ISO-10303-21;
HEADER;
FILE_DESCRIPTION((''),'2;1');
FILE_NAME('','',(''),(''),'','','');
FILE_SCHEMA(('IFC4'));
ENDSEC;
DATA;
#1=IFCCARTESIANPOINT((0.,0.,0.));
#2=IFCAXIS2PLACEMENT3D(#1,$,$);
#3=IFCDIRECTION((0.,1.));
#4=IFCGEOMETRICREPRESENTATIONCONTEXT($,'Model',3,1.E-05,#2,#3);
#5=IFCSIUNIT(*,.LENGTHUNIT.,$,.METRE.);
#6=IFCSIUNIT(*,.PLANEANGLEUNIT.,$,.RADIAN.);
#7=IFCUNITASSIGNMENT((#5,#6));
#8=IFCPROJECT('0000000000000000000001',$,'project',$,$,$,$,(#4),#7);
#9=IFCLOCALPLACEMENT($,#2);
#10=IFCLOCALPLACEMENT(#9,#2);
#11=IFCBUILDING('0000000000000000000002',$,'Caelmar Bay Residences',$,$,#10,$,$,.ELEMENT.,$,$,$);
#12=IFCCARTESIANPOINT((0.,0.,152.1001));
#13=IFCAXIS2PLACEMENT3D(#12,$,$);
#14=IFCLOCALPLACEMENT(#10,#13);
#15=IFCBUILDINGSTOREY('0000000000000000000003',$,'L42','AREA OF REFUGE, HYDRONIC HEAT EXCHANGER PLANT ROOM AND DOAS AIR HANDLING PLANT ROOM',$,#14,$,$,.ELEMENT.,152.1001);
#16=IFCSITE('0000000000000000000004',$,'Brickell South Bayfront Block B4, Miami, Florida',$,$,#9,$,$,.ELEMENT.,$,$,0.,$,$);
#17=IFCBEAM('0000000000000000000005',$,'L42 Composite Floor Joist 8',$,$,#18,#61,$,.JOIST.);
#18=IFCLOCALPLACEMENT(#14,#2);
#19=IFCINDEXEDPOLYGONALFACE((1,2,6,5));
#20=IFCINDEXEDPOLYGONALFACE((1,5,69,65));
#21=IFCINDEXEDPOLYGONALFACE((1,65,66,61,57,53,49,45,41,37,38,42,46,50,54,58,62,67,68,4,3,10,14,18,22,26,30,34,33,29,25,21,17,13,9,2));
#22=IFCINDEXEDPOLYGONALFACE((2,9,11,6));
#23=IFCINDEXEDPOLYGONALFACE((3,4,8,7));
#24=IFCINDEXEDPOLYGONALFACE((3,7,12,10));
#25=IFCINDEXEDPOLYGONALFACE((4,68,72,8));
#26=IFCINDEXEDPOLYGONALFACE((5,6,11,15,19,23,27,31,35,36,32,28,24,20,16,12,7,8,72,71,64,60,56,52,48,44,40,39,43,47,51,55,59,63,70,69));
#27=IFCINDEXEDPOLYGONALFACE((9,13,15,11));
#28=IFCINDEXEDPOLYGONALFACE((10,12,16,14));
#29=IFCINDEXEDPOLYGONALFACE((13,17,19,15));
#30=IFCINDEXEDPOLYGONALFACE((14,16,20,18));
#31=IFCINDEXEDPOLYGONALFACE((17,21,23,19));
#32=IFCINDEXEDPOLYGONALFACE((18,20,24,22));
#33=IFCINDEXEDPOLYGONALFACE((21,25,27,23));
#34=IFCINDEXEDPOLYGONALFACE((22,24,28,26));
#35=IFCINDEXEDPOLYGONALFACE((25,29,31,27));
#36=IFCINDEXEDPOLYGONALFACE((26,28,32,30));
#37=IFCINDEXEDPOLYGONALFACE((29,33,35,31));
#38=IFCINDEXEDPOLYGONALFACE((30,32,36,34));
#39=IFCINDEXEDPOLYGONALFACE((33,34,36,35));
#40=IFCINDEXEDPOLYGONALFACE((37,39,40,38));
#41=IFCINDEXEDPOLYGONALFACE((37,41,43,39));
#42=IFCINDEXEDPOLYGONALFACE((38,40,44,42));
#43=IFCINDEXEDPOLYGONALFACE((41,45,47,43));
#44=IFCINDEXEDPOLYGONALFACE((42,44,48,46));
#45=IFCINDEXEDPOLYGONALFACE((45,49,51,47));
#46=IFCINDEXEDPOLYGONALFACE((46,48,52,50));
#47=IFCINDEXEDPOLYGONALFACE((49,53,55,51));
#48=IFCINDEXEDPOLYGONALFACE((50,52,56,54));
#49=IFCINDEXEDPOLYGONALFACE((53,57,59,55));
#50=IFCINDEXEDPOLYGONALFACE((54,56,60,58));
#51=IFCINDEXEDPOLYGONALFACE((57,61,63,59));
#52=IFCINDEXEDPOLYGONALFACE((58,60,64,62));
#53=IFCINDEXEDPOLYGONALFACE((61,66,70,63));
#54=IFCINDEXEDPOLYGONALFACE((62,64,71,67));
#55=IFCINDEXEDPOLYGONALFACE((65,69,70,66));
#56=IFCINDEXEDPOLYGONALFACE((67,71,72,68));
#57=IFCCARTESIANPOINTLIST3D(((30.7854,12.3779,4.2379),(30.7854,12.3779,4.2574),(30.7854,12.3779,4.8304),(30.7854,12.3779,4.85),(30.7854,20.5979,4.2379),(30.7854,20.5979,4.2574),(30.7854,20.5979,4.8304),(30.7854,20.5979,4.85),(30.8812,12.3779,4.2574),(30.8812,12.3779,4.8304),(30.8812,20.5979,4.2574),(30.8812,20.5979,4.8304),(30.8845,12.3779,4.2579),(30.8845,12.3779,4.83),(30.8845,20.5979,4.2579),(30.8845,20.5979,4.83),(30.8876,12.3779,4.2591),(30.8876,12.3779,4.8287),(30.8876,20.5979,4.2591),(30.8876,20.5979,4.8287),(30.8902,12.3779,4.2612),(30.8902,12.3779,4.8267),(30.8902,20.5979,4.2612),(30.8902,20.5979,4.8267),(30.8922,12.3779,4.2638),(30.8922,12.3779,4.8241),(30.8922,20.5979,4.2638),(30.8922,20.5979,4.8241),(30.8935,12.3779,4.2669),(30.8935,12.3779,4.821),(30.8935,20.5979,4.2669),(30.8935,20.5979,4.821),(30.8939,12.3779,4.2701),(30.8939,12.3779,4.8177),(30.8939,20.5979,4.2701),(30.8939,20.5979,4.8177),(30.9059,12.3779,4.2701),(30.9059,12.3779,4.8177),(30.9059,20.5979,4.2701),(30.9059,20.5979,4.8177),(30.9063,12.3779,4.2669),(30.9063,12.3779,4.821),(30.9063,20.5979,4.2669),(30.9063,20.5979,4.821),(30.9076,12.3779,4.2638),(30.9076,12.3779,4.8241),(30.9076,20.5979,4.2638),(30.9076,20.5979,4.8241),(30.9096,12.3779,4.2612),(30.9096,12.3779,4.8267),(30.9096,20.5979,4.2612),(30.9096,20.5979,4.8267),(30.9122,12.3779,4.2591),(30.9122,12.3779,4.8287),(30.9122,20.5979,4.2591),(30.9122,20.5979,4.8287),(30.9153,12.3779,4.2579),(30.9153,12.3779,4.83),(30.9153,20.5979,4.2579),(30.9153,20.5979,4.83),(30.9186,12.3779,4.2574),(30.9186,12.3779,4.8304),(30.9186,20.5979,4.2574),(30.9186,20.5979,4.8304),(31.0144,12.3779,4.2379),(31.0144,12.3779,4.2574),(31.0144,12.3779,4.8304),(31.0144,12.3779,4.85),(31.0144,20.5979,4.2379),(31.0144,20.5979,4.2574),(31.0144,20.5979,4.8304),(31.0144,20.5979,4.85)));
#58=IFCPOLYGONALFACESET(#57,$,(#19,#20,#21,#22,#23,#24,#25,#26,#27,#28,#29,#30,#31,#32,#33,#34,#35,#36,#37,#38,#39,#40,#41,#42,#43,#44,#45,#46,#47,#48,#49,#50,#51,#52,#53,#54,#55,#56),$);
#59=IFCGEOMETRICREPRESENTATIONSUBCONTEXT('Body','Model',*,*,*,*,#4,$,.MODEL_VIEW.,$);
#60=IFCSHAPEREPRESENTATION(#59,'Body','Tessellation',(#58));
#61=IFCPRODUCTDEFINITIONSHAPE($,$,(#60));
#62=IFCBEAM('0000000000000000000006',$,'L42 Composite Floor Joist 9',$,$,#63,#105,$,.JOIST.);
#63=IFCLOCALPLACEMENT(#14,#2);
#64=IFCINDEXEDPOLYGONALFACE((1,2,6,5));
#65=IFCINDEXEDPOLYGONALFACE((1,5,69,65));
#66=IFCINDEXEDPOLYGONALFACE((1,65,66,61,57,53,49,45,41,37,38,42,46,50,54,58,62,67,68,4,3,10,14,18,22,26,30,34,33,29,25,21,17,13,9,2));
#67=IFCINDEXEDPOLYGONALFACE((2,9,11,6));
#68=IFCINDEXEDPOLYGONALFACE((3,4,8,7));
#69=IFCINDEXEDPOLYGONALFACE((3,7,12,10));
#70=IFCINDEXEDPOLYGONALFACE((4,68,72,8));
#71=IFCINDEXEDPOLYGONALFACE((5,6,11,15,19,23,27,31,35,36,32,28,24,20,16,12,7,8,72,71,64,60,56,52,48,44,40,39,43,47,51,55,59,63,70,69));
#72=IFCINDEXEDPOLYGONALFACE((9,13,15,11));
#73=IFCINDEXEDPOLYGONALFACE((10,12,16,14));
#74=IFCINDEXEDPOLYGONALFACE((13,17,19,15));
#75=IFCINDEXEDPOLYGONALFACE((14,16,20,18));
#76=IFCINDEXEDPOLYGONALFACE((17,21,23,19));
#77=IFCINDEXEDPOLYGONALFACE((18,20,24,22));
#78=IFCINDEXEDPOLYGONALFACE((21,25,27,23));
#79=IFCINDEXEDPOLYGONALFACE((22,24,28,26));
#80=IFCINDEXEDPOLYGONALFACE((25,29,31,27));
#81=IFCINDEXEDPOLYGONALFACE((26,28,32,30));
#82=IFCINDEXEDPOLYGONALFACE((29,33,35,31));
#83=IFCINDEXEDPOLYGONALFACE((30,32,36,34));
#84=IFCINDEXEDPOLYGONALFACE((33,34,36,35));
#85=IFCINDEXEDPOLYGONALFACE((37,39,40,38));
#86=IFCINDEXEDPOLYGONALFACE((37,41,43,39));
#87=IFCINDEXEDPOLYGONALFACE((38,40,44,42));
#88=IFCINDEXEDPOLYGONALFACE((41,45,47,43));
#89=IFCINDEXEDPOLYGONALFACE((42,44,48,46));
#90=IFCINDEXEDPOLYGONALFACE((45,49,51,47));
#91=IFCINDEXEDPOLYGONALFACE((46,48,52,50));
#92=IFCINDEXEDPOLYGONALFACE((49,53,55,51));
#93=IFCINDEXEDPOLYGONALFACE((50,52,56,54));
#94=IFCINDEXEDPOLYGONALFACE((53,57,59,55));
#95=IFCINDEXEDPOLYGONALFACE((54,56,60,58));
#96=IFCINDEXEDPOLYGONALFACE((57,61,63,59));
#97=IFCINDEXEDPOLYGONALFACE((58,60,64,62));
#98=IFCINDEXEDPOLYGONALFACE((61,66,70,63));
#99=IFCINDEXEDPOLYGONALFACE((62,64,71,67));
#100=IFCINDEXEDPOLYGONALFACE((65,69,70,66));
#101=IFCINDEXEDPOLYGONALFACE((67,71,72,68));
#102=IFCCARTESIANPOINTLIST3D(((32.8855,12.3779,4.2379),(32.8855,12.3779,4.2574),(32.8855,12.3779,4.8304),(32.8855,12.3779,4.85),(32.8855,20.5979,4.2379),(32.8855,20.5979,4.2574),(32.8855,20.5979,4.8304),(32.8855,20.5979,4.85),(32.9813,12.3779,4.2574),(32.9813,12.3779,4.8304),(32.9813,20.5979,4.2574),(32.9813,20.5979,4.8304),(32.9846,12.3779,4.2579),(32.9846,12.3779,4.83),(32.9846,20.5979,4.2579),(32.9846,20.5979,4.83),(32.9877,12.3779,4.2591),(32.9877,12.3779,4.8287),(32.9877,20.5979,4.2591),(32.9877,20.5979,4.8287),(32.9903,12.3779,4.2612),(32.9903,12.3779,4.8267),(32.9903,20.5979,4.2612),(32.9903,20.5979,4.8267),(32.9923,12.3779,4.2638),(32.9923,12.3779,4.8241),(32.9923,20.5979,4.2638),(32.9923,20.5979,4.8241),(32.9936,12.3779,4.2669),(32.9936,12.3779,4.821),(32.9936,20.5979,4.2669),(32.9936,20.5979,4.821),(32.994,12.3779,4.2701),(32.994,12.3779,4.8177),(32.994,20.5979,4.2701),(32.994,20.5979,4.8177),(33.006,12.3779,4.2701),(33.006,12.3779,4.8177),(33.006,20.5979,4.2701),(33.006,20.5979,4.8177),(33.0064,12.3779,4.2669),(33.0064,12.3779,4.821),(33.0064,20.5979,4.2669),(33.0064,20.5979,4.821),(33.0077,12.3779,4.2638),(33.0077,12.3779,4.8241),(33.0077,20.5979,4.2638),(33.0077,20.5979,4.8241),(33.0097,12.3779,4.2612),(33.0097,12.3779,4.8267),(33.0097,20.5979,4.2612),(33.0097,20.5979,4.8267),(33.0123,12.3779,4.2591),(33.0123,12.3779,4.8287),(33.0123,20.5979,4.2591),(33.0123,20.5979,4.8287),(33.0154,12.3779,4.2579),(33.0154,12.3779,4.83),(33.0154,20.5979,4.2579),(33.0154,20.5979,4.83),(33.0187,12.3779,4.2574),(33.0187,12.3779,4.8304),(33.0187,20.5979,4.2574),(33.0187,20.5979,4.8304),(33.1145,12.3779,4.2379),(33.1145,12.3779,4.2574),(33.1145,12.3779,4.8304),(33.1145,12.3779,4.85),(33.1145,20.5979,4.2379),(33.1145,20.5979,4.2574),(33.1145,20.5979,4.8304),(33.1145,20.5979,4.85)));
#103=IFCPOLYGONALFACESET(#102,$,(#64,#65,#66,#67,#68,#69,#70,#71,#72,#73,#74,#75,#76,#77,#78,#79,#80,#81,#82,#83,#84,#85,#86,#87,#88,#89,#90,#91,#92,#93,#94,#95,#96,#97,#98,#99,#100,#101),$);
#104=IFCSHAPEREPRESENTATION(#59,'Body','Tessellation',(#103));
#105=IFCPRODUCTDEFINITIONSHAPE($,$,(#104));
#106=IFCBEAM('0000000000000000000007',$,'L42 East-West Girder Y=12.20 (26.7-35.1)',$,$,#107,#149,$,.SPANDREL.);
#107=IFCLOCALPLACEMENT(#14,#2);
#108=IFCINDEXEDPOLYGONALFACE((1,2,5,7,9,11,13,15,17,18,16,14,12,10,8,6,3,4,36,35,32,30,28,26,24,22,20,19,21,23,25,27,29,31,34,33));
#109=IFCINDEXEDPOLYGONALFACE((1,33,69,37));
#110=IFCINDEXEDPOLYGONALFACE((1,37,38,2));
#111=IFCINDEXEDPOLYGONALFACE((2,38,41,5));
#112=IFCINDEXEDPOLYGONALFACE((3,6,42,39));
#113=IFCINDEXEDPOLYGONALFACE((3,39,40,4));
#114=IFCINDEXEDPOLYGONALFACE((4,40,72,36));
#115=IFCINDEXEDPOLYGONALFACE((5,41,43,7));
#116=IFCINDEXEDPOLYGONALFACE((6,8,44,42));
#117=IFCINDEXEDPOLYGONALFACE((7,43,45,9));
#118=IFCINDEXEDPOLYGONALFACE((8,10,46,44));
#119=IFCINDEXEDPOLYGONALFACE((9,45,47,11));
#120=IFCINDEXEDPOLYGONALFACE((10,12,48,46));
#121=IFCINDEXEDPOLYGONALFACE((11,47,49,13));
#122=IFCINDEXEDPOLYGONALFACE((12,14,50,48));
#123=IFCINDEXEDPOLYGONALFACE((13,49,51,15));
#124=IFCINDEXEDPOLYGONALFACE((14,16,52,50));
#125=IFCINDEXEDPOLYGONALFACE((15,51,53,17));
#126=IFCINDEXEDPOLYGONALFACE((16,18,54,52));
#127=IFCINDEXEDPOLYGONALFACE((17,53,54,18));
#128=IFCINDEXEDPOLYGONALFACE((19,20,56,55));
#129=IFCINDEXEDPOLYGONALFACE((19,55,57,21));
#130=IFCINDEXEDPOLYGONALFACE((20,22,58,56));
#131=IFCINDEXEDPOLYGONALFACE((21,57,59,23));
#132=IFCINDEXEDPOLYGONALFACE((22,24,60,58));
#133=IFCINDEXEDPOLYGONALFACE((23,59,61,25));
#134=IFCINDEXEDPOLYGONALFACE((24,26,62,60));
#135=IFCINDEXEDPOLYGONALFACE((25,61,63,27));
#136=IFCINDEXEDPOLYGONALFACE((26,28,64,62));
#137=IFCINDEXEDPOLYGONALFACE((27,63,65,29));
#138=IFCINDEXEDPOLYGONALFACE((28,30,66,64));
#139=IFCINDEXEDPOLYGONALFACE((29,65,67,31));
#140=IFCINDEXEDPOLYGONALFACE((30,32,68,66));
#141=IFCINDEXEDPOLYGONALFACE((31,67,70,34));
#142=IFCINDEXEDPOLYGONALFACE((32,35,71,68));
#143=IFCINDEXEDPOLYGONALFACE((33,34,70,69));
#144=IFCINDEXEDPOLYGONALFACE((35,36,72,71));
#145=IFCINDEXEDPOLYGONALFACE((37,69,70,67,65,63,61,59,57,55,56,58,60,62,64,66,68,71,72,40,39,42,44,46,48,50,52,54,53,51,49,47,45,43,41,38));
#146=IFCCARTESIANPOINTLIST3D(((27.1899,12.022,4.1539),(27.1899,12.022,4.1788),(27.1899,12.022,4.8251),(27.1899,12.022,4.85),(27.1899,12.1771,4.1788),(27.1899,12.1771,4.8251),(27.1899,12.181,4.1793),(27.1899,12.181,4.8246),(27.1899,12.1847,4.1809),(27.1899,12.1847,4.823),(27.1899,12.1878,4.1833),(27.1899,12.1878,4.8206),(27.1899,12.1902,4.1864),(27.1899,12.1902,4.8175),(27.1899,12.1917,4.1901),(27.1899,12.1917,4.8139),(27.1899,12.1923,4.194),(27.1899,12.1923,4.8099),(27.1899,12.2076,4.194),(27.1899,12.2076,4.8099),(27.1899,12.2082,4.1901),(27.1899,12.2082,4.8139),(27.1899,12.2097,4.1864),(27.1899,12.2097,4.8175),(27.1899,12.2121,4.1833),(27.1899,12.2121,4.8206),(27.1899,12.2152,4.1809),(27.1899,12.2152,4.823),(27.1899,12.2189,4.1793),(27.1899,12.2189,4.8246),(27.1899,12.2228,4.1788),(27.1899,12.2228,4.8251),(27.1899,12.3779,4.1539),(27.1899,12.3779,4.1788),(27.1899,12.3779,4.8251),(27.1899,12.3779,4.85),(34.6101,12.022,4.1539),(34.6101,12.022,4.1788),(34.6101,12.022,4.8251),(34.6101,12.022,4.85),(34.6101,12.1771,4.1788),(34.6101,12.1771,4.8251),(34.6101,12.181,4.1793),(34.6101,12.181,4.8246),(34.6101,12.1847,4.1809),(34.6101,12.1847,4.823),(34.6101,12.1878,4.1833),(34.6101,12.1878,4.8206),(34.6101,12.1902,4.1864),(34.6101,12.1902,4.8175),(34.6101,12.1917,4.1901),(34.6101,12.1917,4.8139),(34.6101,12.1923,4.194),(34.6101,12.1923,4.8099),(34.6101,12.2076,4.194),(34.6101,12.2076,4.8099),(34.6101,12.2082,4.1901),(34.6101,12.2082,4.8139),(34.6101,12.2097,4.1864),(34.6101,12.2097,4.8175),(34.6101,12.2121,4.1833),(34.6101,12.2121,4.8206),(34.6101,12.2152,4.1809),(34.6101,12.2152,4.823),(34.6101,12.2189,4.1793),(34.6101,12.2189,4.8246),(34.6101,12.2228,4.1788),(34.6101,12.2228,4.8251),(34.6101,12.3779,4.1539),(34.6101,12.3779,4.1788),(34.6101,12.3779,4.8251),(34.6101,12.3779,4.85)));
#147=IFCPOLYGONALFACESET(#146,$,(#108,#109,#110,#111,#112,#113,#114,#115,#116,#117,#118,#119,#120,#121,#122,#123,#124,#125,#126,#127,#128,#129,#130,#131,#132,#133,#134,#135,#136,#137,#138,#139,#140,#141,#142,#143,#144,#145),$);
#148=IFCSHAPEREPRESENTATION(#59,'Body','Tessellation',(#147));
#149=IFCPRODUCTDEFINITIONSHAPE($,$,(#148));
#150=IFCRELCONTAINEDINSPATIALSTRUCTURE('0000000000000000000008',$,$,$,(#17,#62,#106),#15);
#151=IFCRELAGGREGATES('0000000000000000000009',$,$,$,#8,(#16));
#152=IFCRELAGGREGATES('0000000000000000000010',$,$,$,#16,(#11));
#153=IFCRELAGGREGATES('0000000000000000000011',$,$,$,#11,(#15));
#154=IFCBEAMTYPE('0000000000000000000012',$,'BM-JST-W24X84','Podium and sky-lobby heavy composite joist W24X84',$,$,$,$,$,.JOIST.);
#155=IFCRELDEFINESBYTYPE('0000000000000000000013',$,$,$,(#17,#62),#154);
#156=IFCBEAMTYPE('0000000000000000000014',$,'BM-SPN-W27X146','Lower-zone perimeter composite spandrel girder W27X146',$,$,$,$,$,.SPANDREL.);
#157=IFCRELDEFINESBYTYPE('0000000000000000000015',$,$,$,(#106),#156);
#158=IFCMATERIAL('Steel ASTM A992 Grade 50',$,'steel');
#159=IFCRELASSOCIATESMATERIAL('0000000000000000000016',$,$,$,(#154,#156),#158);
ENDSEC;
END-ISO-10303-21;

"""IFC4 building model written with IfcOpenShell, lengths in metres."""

from ifc_helpers import new_model, si_unit, direction, frame, origin, origin_2d, place, context, subcontext, project, spatial, i_section, extrude, material, material_profile, profile_set, type_object, element, save


model = new_model("IFC4")

# Units and contexts
model_context = context("Model", 3, precision=1e-05, world=origin(), true_north=direction((0.0, 1.0)))
body_context = subcontext(model_context, "Body", "Model", "MODEL_VIEW")
ifc_project = project(units=[si_unit("LENGTHUNIT", "METRE"), si_unit("PLANEANGLEUNIT", "RADIAN")], contexts=[model_context])

# Site, building, storey
site_placement = place(None, origin())
site = spatial("IfcSite", under=ifc_project, at=site_placement, Name="Brickell South Bayfront Block B4, Miami, Florida", CompositionType="ELEMENT", RefElevation=0.0)
building_placement = place(site_placement, origin())
building = spatial("IfcBuilding", under=site, at=building_placement, Name="Caelmar Bay Residences", CompositionType="ELEMENT")
storey_placement = place(building_placement, frame((0.0, 0.0, 152.1001)))
storey = spatial("IfcBuildingStorey", under=building, at=storey_placement, Name="L42", Description="AREA OF REFUGE, HYDRONIC HEAT EXCHANGER PLANT ROOM AND DOAS AIR HANDLING PLANT ROOM", CompositionType="ELEMENT", Elevation=152.1001)

# Beams
ifc_material_1 = material(Name="Steel ASTM A992 Grade 50", Category="steel")
ifc_material_profile_1 = material_profile(ifc_material_1, i_section(OverallWidth=0.229, OverallDepth=0.6121, WebThickness=0.012, FlangeThickness=0.0195, FilletRadius=0.0127, at=origin_2d()), Name="W24X84")
ifc_profile_set_1 = profile_set([ifc_material_profile_1], Name="Steel ASTM A992 Grade 50")
beam_type_1 = type_object("IfcBeamType", Name="BM-JST-W24X84", Description="Podium and sky-lobby heavy composite joist W24X84", PredefinedType="JOIST", material=ifc_profile_set_1)
for number, where, z_axis, x_axis, name in (
    (1, (30.8999, 12.3779, 4.5439), (0.0, 1.0, 0.0), (-1.0, 0.0, 0.0), "L42 Composite Floor Joist 8"),
    (2, (33.0, 12.3779, 4.5439), (0.0, 1.0, 0.0), (-1.0, 0.0, 0.0), "L42 Composite Floor Joist 9"),
):
    element("IfcBeam", number, at=place(storey_placement, frame(where, z_axis=z_axis, x_axis=x_axis)), inside=storey, type_object=beam_type_1, Name=name, PredefinedType="JOIST", context=body_context, shape_type="SweptSolid", body=[
        extrude(i_section(OverallWidth=0.229, OverallDepth=0.6121, WebThickness=0.012, FlangeThickness=0.0195, FilletRadius=0.0127, at=origin_2d()), origin(), (0.0, 0.0, 1.0), 8.22),
    ])
ifc_material_profile_2 = material_profile(ifc_material_1, i_section(OverallWidth=0.356, OverallDepth=0.696, WebThickness=0.0154, FlangeThickness=0.0249, FilletRadius=0.0151, at=origin_2d()), Name="W27X146")
ifc_profile_set_2 = profile_set([ifc_material_profile_2], Name="Steel ASTM A992 Grade 50")
beam_type_2 = type_object("IfcBeamType", Name="BM-SPN-W27X146", Description="Lower-zone perimeter composite spandrel girder W27X146", PredefinedType="SPANDREL", material=ifc_profile_set_2)
beam_1_placement = place(storey_placement, frame((27.1899, 12.2, 4.502), z_axis=(1.0, 0.0, 0.0), x_axis=(0.0, 1.0, 0.0)))
element("IfcBeam", 3, at=beam_1_placement, inside=storey, type_object=beam_type_2, Name="L42 East-West Girder Y=12.20 (26.7-35.1)", PredefinedType="SPANDREL", context=body_context, shape_type="SweptSolid", body=[
    extrude(i_section(OverallWidth=0.356, OverallDepth=0.696, WebThickness=0.0154, FlangeThickness=0.0249, FilletRadius=0.0151, at=origin_2d()), origin(), (0.0, 0.0, 1.0), 7.4202),
])

save(model, "model.ifc")
